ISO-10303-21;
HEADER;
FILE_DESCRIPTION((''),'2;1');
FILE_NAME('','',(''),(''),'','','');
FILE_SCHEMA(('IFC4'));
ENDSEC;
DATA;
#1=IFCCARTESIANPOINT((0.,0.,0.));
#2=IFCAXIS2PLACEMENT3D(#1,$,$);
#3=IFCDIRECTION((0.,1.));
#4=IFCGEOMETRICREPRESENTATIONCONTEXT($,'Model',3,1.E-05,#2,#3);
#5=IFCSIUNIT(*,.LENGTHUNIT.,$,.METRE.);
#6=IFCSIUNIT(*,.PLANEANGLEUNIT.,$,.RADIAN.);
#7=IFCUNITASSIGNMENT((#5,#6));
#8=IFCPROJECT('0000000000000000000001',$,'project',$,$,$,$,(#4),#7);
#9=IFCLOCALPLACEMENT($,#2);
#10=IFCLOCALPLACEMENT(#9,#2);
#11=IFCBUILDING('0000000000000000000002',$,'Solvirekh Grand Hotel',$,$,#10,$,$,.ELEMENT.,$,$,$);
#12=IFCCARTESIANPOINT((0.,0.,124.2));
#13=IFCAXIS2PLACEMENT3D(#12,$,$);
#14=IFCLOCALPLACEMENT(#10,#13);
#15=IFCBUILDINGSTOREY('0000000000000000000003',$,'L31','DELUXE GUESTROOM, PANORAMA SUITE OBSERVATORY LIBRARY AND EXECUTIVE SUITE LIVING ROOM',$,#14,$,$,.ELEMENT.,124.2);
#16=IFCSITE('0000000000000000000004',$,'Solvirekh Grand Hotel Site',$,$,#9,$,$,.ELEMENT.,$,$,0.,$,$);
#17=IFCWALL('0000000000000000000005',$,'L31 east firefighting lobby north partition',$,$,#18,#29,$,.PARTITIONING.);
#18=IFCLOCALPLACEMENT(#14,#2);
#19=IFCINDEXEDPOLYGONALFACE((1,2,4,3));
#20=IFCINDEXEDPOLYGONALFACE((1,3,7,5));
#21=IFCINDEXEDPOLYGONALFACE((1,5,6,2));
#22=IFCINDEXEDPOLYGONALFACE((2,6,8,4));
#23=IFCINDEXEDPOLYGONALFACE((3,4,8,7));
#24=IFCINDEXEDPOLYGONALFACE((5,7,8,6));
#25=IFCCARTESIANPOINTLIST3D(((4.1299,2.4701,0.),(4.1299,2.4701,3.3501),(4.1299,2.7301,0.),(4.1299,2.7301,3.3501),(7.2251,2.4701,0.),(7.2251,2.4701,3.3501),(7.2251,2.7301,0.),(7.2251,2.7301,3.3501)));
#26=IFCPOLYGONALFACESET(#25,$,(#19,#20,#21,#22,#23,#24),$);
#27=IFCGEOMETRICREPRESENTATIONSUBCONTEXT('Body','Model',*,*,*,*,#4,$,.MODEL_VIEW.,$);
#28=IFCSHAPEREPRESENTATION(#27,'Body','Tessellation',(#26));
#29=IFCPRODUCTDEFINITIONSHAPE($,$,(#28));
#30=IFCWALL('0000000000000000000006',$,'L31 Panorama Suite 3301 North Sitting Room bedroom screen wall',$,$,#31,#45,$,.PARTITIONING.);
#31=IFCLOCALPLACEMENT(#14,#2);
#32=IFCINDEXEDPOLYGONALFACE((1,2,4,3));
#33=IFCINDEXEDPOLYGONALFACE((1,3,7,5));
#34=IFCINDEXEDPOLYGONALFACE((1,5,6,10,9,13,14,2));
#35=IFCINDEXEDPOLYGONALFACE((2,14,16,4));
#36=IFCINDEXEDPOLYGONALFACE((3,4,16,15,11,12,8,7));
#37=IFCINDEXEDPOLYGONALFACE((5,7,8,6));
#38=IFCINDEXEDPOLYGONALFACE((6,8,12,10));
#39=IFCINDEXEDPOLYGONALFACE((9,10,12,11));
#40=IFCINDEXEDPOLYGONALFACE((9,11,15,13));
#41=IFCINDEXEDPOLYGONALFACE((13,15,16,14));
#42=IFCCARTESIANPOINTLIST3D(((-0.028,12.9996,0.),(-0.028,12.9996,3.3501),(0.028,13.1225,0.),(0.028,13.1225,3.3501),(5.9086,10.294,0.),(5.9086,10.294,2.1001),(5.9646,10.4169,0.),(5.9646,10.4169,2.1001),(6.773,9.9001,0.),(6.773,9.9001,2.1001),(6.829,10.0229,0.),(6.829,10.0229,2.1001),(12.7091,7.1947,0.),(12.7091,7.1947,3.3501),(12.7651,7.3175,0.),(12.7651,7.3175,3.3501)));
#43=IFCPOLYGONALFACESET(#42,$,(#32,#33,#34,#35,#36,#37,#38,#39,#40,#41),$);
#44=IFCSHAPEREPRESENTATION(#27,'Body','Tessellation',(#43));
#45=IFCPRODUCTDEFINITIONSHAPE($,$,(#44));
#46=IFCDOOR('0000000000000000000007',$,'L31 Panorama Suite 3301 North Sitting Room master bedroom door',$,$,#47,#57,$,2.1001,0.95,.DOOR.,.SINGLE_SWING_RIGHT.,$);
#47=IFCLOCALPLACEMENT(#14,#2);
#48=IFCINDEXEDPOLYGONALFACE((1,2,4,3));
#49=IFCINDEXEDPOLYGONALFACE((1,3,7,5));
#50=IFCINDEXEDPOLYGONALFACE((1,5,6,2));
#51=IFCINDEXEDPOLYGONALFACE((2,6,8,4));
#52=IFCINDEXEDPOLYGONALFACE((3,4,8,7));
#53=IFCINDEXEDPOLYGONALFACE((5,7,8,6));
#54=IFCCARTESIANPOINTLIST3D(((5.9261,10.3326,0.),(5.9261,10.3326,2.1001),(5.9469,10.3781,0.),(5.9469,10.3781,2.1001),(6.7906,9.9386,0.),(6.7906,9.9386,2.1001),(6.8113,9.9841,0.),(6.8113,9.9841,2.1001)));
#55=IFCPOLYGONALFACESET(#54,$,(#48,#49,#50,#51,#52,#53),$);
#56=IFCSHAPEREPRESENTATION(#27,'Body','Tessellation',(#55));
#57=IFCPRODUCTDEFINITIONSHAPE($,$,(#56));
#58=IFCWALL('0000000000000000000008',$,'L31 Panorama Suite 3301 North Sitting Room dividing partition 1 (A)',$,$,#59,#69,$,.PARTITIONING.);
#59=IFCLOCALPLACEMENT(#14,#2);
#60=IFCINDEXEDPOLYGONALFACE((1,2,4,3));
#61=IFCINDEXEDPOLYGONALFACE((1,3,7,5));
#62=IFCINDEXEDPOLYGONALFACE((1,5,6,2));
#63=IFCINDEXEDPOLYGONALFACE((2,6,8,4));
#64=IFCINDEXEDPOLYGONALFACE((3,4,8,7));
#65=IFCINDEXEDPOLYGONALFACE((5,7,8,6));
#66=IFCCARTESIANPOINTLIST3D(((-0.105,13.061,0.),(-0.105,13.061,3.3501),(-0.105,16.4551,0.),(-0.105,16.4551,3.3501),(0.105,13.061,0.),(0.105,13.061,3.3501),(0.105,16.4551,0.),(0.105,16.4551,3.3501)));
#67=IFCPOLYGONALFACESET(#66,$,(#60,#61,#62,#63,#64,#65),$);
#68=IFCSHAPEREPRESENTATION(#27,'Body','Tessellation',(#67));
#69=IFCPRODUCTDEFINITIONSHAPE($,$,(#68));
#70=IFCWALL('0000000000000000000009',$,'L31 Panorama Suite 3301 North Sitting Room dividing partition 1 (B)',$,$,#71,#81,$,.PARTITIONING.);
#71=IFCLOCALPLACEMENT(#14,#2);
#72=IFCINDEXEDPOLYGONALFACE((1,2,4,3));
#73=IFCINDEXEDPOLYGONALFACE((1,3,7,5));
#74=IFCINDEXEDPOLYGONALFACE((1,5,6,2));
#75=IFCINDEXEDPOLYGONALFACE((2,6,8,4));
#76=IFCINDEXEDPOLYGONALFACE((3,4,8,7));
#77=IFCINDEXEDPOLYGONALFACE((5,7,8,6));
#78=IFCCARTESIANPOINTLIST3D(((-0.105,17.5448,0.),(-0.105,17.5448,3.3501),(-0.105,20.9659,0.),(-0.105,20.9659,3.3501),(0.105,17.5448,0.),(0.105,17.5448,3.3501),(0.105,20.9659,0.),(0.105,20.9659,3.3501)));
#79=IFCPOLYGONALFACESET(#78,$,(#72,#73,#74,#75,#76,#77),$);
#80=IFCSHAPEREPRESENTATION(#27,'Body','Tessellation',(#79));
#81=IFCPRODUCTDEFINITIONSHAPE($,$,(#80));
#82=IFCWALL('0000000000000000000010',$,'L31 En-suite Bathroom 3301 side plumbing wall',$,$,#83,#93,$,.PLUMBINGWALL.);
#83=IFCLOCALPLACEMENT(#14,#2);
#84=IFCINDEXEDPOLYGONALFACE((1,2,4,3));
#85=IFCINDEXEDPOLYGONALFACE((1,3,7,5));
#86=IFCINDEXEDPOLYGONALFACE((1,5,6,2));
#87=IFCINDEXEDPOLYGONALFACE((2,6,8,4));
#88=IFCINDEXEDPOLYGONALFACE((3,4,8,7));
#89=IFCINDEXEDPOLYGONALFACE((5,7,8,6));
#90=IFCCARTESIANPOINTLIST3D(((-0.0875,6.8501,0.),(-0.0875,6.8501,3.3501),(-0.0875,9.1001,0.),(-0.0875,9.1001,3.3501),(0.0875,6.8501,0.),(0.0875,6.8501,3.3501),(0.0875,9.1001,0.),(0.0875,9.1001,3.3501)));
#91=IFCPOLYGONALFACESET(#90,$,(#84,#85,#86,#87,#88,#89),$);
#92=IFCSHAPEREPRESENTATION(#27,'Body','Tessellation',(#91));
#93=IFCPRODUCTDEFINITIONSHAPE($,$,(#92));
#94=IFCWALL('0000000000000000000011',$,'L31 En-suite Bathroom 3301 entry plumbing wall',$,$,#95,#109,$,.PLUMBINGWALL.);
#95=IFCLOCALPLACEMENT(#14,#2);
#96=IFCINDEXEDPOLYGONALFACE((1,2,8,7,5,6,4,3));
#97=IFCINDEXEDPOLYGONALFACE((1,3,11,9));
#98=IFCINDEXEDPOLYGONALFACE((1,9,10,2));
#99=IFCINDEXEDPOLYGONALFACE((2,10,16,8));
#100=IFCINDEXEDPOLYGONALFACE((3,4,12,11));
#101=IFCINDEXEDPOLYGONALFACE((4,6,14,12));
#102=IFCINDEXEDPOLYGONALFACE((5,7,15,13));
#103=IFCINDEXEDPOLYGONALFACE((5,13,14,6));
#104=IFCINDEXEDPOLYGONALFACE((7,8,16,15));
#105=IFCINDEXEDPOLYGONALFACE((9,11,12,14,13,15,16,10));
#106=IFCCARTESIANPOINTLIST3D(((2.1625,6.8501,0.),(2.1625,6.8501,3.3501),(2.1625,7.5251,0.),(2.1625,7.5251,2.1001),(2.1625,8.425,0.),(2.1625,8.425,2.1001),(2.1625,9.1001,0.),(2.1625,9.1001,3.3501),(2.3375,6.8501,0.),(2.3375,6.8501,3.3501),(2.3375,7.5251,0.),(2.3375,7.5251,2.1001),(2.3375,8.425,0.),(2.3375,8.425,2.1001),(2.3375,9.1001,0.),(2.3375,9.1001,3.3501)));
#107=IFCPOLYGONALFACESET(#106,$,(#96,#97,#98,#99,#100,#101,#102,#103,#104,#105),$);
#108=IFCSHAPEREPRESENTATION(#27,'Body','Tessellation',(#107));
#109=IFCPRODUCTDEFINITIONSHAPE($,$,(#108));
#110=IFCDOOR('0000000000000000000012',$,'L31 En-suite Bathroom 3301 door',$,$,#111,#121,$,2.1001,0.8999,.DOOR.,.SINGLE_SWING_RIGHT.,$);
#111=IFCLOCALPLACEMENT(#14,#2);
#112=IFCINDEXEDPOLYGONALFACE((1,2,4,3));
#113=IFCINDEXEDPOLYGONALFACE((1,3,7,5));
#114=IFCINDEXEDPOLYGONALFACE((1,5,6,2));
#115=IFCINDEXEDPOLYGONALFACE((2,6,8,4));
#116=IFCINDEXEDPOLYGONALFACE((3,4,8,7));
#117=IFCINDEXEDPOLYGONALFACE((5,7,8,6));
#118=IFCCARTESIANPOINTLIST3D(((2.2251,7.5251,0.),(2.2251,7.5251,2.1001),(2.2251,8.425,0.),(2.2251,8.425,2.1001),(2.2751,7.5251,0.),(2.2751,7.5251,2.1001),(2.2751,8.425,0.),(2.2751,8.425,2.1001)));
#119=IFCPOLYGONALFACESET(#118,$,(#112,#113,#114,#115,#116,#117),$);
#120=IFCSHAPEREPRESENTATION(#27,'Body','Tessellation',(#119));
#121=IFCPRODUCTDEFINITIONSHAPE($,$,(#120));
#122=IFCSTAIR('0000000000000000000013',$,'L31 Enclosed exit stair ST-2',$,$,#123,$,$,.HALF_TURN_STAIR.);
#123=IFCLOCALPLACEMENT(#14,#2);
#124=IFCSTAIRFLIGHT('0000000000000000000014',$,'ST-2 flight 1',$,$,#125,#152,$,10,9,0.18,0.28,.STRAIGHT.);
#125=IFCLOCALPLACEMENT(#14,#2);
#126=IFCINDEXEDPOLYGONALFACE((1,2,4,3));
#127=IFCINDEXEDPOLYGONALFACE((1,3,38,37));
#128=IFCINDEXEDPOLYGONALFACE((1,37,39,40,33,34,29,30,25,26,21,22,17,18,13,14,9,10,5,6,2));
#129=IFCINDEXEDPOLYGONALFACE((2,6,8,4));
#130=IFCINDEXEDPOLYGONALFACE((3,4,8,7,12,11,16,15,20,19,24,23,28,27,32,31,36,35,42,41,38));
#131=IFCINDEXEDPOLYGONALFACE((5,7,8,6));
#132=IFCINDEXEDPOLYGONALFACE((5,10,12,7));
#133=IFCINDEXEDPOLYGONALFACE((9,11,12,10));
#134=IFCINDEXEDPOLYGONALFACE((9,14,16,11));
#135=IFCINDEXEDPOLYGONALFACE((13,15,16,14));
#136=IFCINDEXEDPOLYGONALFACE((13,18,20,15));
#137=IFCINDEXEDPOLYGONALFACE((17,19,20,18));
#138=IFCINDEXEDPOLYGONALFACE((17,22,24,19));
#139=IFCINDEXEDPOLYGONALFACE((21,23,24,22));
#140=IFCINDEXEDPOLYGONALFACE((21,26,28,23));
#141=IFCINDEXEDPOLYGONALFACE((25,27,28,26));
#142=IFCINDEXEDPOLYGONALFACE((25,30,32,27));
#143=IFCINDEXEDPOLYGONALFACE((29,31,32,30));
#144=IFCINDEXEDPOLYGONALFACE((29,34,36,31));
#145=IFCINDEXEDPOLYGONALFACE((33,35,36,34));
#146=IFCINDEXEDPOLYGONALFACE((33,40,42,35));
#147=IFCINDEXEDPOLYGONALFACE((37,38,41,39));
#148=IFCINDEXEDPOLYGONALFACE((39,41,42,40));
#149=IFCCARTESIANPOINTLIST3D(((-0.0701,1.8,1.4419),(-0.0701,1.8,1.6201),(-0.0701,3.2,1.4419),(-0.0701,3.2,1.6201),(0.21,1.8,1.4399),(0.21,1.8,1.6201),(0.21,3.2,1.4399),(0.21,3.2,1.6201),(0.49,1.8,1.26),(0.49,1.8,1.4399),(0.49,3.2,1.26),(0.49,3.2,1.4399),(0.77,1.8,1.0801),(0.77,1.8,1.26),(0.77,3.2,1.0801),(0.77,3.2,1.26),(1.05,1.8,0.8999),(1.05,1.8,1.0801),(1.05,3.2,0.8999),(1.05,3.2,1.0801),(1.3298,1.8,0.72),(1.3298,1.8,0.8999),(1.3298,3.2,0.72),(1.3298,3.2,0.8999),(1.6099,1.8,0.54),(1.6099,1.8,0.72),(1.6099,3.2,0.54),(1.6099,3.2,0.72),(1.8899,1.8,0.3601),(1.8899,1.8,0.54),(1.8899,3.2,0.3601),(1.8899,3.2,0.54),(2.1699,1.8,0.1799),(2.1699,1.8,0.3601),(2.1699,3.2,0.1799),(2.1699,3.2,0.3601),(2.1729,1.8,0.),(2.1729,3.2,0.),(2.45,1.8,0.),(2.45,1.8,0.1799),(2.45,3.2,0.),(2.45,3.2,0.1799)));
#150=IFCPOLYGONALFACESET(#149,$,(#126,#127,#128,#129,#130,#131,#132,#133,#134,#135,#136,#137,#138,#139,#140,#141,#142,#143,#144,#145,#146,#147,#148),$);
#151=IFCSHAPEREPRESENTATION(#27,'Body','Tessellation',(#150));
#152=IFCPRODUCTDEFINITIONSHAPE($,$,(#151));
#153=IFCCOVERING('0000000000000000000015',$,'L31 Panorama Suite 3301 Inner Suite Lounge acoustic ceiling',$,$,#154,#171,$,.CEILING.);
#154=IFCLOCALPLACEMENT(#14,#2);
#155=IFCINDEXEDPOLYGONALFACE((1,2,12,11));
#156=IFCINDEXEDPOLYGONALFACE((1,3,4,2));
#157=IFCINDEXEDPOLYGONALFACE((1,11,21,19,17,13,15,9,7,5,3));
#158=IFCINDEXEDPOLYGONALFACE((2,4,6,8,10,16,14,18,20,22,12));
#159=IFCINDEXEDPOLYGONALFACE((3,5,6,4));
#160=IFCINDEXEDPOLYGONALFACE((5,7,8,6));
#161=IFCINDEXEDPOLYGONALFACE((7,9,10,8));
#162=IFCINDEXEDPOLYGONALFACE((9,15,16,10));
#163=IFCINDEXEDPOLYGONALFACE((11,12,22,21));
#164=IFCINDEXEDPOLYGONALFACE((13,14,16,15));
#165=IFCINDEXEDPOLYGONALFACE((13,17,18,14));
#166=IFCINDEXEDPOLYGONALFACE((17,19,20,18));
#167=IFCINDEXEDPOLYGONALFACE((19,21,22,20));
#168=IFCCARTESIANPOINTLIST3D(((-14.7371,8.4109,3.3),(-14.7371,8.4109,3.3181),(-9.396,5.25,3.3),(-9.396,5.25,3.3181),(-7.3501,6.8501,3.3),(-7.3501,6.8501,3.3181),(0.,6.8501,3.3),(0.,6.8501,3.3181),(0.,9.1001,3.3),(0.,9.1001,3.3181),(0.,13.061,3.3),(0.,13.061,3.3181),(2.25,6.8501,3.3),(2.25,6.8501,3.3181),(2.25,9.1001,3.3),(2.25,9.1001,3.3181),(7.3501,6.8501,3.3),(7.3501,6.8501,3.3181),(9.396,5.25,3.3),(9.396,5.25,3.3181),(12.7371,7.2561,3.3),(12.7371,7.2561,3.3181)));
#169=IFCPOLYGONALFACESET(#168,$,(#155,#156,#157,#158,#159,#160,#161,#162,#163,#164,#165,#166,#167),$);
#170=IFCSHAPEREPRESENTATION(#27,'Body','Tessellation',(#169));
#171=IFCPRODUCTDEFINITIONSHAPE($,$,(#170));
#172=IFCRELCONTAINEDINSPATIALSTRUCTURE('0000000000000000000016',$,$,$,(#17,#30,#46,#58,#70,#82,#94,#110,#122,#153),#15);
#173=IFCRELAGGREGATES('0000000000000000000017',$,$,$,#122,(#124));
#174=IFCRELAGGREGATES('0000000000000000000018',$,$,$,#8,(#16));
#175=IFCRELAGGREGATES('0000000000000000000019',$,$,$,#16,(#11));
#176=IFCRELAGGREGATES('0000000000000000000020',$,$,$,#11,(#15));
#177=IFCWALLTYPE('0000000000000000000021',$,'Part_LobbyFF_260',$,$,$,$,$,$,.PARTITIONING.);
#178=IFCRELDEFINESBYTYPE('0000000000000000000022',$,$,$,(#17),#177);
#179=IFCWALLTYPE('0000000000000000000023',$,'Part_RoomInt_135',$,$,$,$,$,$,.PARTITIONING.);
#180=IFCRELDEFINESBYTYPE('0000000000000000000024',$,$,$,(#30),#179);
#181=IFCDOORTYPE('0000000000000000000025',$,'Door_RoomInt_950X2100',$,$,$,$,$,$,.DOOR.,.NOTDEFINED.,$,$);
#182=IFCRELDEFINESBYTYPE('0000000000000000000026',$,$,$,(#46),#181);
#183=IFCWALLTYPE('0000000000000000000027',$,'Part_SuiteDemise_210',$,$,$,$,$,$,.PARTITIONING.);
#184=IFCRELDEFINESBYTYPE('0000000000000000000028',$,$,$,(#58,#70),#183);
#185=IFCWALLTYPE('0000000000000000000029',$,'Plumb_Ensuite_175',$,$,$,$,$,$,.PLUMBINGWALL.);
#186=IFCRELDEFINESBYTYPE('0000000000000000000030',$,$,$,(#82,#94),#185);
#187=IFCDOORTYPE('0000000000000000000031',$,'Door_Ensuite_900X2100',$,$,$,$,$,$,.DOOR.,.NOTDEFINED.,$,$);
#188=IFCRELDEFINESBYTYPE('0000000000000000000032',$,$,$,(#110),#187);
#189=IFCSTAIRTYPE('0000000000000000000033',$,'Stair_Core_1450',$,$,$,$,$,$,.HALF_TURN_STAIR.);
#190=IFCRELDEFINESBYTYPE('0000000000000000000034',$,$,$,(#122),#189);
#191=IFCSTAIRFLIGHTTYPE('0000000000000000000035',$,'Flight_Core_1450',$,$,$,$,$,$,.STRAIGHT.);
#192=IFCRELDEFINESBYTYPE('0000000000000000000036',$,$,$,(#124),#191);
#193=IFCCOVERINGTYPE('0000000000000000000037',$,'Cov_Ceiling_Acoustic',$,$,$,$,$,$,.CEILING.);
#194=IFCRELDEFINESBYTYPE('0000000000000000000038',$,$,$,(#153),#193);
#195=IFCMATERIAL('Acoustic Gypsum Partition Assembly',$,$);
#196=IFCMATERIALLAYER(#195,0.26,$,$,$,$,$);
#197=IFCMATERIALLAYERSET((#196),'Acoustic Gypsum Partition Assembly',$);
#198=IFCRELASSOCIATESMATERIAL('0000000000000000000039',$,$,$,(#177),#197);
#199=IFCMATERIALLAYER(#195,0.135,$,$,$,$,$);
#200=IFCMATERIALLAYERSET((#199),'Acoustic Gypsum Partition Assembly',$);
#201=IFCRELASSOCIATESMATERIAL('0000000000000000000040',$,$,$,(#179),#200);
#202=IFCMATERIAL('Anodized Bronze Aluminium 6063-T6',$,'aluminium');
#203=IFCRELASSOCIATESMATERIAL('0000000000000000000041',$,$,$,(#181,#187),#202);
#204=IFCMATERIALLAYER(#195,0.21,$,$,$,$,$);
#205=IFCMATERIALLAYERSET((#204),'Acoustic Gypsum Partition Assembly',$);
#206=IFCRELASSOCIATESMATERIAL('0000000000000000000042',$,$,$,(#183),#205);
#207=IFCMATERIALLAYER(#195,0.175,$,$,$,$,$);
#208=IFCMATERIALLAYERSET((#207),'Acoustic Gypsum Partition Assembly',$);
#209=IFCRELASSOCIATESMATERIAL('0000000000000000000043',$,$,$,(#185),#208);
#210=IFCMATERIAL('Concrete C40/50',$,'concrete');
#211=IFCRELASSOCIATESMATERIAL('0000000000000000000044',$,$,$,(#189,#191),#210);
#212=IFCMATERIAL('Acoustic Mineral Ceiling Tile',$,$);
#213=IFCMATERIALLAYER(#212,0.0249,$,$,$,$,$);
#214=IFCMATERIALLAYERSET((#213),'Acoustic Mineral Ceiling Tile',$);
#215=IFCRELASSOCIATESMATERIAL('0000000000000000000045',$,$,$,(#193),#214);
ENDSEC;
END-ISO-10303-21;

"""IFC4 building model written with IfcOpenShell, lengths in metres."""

from ifc_helpers import new_model, si_unit, direction, frame, frame_2d, origin, place, context, subcontext, project, spatial, polyline, rectangle, outline, extrude, material, layer, layer_set, type_object, element, fill, aggregate, save


model = new_model("IFC4")

# Units and contexts
model_context = context("Model", 3, precision=1e-05, world=origin(), true_north=direction((0.0, 1.0)))
body_context = subcontext(model_context, "Body", "Model", "MODEL_VIEW")
ifc_project = project(units=[si_unit("LENGTHUNIT", "METRE"), si_unit("PLANEANGLEUNIT", "RADIAN")], contexts=[model_context])

# Site, building, storey
site_placement = place(None, origin())
site = spatial("IfcSite", under=ifc_project, at=site_placement, Name="Solvirekh Grand Hotel Site", CompositionType="ELEMENT", RefElevation=0.0)
building_placement = place(site_placement, origin())
building = spatial("IfcBuilding", under=site, at=building_placement, Name="Solvirekh Grand Hotel", CompositionType="ELEMENT")
storey_placement = place(building_placement, frame((0.0, 0.0, 124.2)))
storey = spatial("IfcBuildingStorey", under=building, at=storey_placement, Name="L31", Description="DELUXE GUESTROOM, PANORAMA SUITE OBSERVATORY LIBRARY AND EXECUTIVE SUITE LIVING ROOM", CompositionType="ELEMENT", Elevation=124.2)

# Shared definitions
ifc_material_1 = material(Name="Concrete C40/50", Category="concrete")

# Wall
ifc_material_2 = material(Name="Acoustic Gypsum Partition Assembly")
ifc_layer_1 = layer(ifc_material_2, 0.26)
ifc_layer_set_1 = layer_set([ifc_layer_1], Name="Acoustic Gypsum Partition Assembly")
wall_type_1 = type_object("IfcWallType", Name="Part_LobbyFF_260", PredefinedType="PARTITIONING", material=ifc_layer_set_1)
wall_1_placement = place(storey_placement, frame((4.1299, 2.6001, 0.0), z_axis=(0.0, 0.0, 1.0), x_axis=(1.0, 0.0, 0.0)))
element("IfcWall", 1, at=wall_1_placement, inside=storey, type_object=wall_type_1, Name="L31 east firefighting lobby north partition", PredefinedType="PARTITIONING", context=body_context, shape_type="SweptSolid", body=[
    extrude(rectangle(XDim=3.0952, YDim=0.26, at=frame_2d((1.5476, 0.0))), origin(), (0.0, 0.0, 1.0), 3.3501),
])

# Wall, opening, door
ifc_layer_2 = layer(ifc_material_2, 0.135)
ifc_layer_set_2 = layer_set([ifc_layer_2], Name="Acoustic Gypsum Partition Assembly")
wall_type_2 = type_object("IfcWallType", Name="Part_RoomInt_135", PredefinedType="PARTITIONING", material=ifc_layer_set_2)
wall_2_placement = place(storey_placement, frame((0.0, 13.061, 0.0), z_axis=(0.0, 0.0, 1.0), x_axis=(0.909953, -0.414712, 0.0)))
wall_2 = element("IfcWall", 2, at=wall_2_placement, inside=storey, type_object=wall_type_2, Name="L31 Panorama Suite 3301 North Sitting Room bedroom screen wall", PredefinedType="PARTITIONING", context=body_context, shape_type="SweptSolid", body=[
    extrude(rectangle(XDim=13.9976, YDim=0.135, at=frame_2d((6.9988, 0.0))), origin(), (0.0, 0.0, 1.0), 3.3501),
])
opening_1_placement = place(wall_2_placement, frame((6.5239, 0.0, 0.0)))
opening_1 = element("IfcOpeningElement", 3, at=opening_1_placement, cuts=wall_2, PredefinedType="OPENING", context=body_context, shape_type="SweptSolid", body=[
    extrude(rectangle(XDim=0.95, YDim=2.1001, at=frame_2d((0.4751, 1.05))), frame((0.0, 0.0776, 0.0), z_axis=(0.0, -1.0, 0.0), x_axis=(1.0, 0.0, 0.0)), (0.0, 0.0, 1.0), 0.155),
])
ifc_material_3 = material(Name="Anodized Bronze Aluminium 6063-T6", Category="aluminium")
door_type_1 = type_object("IfcDoorType", Name="Door_RoomInt_950X2100", OperationType="NOTDEFINED", PredefinedType="DOOR", material=ifc_material_3)
door_1_placement = place(opening_1_placement, origin())
door_1 = element("IfcDoor", 4, at=door_1_placement, inside=storey, type_object=door_type_1, Name="L31 Panorama Suite 3301 North Sitting Room master bedroom door", OperationType="SINGLE_SWING_RIGHT", OverallHeight=2.1001, OverallWidth=0.95, PredefinedType="DOOR", context=body_context, shape_type="SweptSolid", body=[
    extrude(rectangle(XDim=0.95, YDim=2.1001, at=frame_2d((0.4751, 1.05))), frame((0.0, 0.0249, 0.0), z_axis=(0.0, -1.0, 0.0), x_axis=(1.0, 0.0, 0.0)), (0.0, 0.0, 1.0), 0.05),
])
fill(opening_1, door_1)

# Walls
ifc_layer_3 = layer(ifc_material_2, 0.21)
ifc_layer_set_3 = layer_set([ifc_layer_3], Name="Acoustic Gypsum Partition Assembly")
wall_type_3 = type_object("IfcWallType", Name="Part_SuiteDemise_210", PredefinedType="PARTITIONING", material=ifc_layer_set_3)
wall_3_placement = place(storey_placement, frame((0.0, 13.061, 0.0), z_axis=(0.0, 0.0, 1.0), x_axis=(0.0, 1.0, 0.0)))
element("IfcWall", 5, at=wall_3_placement, inside=storey, type_object=wall_type_3, Name="L31 Panorama Suite 3301 North Sitting Room dividing partition 1 (A)", PredefinedType="PARTITIONING", context=body_context, shape_type="SweptSolid", body=[
    extrude(rectangle(XDim=3.394, YDim=0.21, at=frame_2d((1.697, 0.0))), origin(), (0.0, 0.0, 1.0), 3.3501),
])
wall_4_placement = place(storey_placement, frame((0.0, 17.5449, 0.0), z_axis=(0.0, 0.0, 1.0), x_axis=(0.0, 1.0, 0.0)))
element("IfcWall", 6, at=wall_4_placement, inside=storey, type_object=wall_type_3, Name="L31 Panorama Suite 3301 North Sitting Room dividing partition 1 (B)", PredefinedType="PARTITIONING", context=body_context, shape_type="SweptSolid", body=[
    extrude(rectangle(XDim=3.4211, YDim=0.21, at=frame_2d((1.7104, 0.0))), origin(), (0.0, 0.0, 1.0), 3.3501),
])
ifc_layer_4 = layer(ifc_material_2, 0.175)
ifc_layer_set_4 = layer_set([ifc_layer_4], Name="Acoustic Gypsum Partition Assembly")
wall_type_4 = type_object("IfcWallType", Name="Plumb_Ensuite_175", PredefinedType="PLUMBINGWALL", material=ifc_layer_set_4)
wall_5_placement = place(storey_placement, frame((0.0, 9.1001, 0.0), z_axis=(0.0, 0.0, 1.0), x_axis=(0.0, -1.0, 0.0)))
element("IfcWall", 7, at=wall_5_placement, inside=storey, type_object=wall_type_4, Name="L31 En-suite Bathroom 3301 side plumbing wall", PredefinedType="PLUMBINGWALL", context=body_context, shape_type="SweptSolid", body=[
    extrude(rectangle(XDim=2.25, YDim=0.175, at=frame_2d((1.125, 0.0))), origin(), (0.0, 0.0, 1.0), 3.3501),
])

# Wall, opening, door
wall_6_placement = place(storey_placement, frame((2.25, 6.8501, 0.0), z_axis=(0.0, 0.0, 1.0), x_axis=(0.0, 1.0, 0.0)))
wall_6 = element("IfcWall", 8, at=wall_6_placement, inside=storey, type_object=wall_type_4, Name="L31 En-suite Bathroom 3301 entry plumbing wall", PredefinedType="PLUMBINGWALL", context=body_context, shape_type="SweptSolid", body=[
    extrude(rectangle(XDim=2.25, YDim=0.175, at=frame_2d((1.125, 0.0))), origin(), (0.0, 0.0, 1.0), 3.3501),
])
opening_2_placement = place(wall_6_placement, frame((0.675, 0.0, 0.0)))
opening_2 = element("IfcOpeningElement", 9, at=opening_2_placement, cuts=wall_6, PredefinedType="OPENING", context=body_context, shape_type="SweptSolid", body=[
    extrude(rectangle(XDim=0.8999, YDim=2.1001, at=frame_2d((0.45, 1.05))), frame((0.0, 0.0977, 0.0), z_axis=(0.0, -1.0, 0.0), x_axis=(1.0, 0.0, 0.0)), (0.0, 0.0, 1.0), 0.1951),
])
door_type_2 = type_object("IfcDoorType", Name="Door_Ensuite_900X2100", OperationType="NOTDEFINED", PredefinedType="DOOR", material=ifc_material_3)
door_2_placement = place(opening_2_placement, origin())
door_2 = element("IfcDoor", 10, at=door_2_placement, inside=storey, type_object=door_type_2, Name="L31 En-suite Bathroom 3301 door", OperationType="SINGLE_SWING_RIGHT", OverallHeight=2.1001, OverallWidth=0.8999, PredefinedType="DOOR", context=body_context, shape_type="SweptSolid", body=[
    extrude(rectangle(XDim=0.8999, YDim=2.1001, at=frame_2d((0.45, 1.05))), frame((0.0, 0.0249, 0.0), z_axis=(0.0, -1.0, 0.0), x_axis=(1.0, 0.0, 0.0)), (0.0, 0.0, 1.0), 0.05),
])
fill(opening_2, door_2)

# Stair, stair flight
stair_type = type_object("IfcStairType", Name="Stair_Core_1450", PredefinedType="HALF_TURN_STAIR", material=ifc_material_1)
stair_placement = place(storey_placement, origin())
stair = element("IfcStair", 11, at=stair_placement, inside=storey, type_object=stair_type, Name="L31 Enclosed exit stair ST-2", PredefinedType="HALF_TURN_STAIR")
stair_flight_type = type_object("IfcStairFlightType", Name="Flight_Core_1450", PredefinedType="STRAIGHT", material=ifc_material_1)
stair_flight_placement = place(storey_placement, frame((2.45, 2.5, 0.0), z_axis=(0.0, 0.0, 1.0), x_axis=(-1.0, 0.0, 0.0)))
stair_flight = element("IfcStairFlight", 12, at=stair_flight_placement, type_object=stair_flight_type, Name="ST-2 flight 1", NumberOfRisers=10, NumberOfTreads=9, PredefinedType="STRAIGHT", RiserHeight=0.18, TreadLength=0.28, context=body_context, shape_type="SweptSolid", body=[
    extrude(outline(polyline([(0.0, 0.0), (0.0, 0.1799), (0.28, 0.1799), (0.28, 0.3601), (0.5601, 0.3601), (0.5601, 0.54), (0.8401, 0.54), (0.8401, 0.72), (1.1201, 0.72), (1.1201, 0.8999), (1.3999, 0.8999), (1.3999, 1.0801), (1.6799, 1.0801), (1.6799, 1.26), (1.96, 1.26), (1.96, 1.4399), (2.24, 1.4399), (2.24, 1.6201), (2.52, 1.6201), (2.52, 1.8), (2.52, 1.4419), (0.2771, 0.0), (0.0, 0.0)])), frame((0.0, 0.7, 0.0), z_axis=(0.0, -1.0, 0.0), x_axis=(1.0, 0.0, 0.0)), (0.0, 0.0, 1.0), 1.3999),
])
aggregate(stair, [stair_flight])

# Covering
ifc_material_4 = material(Name="Acoustic Mineral Ceiling Tile")
ifc_layer_5 = layer(ifc_material_4, 0.0249)
ifc_layer_set_5 = layer_set([ifc_layer_5], Name="Acoustic Mineral Ceiling Tile")
covering_type_1 = type_object("IfcCoveringType", Name="Cov_Ceiling_Acoustic", PredefinedType="CEILING", material=ifc_layer_set_5)
covering_1_placement = place(storey_placement, frame((0.0, 0.0, 3.3)))
element("IfcCovering", 13, at=covering_1_placement, inside=storey, type_object=covering_type_1, Name="L31 Panorama Suite 3301 Inner Suite Lounge acoustic ceiling", PredefinedType="CEILING", context=body_context, shape_type="SweptSolid", body=[
    extrude(outline(polyline([(0.0, 6.8501), (0.0, 9.1001), (2.25, 9.1001), (2.25, 6.8501), (7.3501, 6.8501), (9.396, 5.25), (12.7371, 7.2561), (0.0, 13.061), (-14.7371, 8.4109), (-9.396, 5.25), (-7.3501, 6.8501), (0.0, 6.8501)])), origin(), (0.0, 0.0, 1.0), 0.0181),
])

save(model, "model.ifc")
